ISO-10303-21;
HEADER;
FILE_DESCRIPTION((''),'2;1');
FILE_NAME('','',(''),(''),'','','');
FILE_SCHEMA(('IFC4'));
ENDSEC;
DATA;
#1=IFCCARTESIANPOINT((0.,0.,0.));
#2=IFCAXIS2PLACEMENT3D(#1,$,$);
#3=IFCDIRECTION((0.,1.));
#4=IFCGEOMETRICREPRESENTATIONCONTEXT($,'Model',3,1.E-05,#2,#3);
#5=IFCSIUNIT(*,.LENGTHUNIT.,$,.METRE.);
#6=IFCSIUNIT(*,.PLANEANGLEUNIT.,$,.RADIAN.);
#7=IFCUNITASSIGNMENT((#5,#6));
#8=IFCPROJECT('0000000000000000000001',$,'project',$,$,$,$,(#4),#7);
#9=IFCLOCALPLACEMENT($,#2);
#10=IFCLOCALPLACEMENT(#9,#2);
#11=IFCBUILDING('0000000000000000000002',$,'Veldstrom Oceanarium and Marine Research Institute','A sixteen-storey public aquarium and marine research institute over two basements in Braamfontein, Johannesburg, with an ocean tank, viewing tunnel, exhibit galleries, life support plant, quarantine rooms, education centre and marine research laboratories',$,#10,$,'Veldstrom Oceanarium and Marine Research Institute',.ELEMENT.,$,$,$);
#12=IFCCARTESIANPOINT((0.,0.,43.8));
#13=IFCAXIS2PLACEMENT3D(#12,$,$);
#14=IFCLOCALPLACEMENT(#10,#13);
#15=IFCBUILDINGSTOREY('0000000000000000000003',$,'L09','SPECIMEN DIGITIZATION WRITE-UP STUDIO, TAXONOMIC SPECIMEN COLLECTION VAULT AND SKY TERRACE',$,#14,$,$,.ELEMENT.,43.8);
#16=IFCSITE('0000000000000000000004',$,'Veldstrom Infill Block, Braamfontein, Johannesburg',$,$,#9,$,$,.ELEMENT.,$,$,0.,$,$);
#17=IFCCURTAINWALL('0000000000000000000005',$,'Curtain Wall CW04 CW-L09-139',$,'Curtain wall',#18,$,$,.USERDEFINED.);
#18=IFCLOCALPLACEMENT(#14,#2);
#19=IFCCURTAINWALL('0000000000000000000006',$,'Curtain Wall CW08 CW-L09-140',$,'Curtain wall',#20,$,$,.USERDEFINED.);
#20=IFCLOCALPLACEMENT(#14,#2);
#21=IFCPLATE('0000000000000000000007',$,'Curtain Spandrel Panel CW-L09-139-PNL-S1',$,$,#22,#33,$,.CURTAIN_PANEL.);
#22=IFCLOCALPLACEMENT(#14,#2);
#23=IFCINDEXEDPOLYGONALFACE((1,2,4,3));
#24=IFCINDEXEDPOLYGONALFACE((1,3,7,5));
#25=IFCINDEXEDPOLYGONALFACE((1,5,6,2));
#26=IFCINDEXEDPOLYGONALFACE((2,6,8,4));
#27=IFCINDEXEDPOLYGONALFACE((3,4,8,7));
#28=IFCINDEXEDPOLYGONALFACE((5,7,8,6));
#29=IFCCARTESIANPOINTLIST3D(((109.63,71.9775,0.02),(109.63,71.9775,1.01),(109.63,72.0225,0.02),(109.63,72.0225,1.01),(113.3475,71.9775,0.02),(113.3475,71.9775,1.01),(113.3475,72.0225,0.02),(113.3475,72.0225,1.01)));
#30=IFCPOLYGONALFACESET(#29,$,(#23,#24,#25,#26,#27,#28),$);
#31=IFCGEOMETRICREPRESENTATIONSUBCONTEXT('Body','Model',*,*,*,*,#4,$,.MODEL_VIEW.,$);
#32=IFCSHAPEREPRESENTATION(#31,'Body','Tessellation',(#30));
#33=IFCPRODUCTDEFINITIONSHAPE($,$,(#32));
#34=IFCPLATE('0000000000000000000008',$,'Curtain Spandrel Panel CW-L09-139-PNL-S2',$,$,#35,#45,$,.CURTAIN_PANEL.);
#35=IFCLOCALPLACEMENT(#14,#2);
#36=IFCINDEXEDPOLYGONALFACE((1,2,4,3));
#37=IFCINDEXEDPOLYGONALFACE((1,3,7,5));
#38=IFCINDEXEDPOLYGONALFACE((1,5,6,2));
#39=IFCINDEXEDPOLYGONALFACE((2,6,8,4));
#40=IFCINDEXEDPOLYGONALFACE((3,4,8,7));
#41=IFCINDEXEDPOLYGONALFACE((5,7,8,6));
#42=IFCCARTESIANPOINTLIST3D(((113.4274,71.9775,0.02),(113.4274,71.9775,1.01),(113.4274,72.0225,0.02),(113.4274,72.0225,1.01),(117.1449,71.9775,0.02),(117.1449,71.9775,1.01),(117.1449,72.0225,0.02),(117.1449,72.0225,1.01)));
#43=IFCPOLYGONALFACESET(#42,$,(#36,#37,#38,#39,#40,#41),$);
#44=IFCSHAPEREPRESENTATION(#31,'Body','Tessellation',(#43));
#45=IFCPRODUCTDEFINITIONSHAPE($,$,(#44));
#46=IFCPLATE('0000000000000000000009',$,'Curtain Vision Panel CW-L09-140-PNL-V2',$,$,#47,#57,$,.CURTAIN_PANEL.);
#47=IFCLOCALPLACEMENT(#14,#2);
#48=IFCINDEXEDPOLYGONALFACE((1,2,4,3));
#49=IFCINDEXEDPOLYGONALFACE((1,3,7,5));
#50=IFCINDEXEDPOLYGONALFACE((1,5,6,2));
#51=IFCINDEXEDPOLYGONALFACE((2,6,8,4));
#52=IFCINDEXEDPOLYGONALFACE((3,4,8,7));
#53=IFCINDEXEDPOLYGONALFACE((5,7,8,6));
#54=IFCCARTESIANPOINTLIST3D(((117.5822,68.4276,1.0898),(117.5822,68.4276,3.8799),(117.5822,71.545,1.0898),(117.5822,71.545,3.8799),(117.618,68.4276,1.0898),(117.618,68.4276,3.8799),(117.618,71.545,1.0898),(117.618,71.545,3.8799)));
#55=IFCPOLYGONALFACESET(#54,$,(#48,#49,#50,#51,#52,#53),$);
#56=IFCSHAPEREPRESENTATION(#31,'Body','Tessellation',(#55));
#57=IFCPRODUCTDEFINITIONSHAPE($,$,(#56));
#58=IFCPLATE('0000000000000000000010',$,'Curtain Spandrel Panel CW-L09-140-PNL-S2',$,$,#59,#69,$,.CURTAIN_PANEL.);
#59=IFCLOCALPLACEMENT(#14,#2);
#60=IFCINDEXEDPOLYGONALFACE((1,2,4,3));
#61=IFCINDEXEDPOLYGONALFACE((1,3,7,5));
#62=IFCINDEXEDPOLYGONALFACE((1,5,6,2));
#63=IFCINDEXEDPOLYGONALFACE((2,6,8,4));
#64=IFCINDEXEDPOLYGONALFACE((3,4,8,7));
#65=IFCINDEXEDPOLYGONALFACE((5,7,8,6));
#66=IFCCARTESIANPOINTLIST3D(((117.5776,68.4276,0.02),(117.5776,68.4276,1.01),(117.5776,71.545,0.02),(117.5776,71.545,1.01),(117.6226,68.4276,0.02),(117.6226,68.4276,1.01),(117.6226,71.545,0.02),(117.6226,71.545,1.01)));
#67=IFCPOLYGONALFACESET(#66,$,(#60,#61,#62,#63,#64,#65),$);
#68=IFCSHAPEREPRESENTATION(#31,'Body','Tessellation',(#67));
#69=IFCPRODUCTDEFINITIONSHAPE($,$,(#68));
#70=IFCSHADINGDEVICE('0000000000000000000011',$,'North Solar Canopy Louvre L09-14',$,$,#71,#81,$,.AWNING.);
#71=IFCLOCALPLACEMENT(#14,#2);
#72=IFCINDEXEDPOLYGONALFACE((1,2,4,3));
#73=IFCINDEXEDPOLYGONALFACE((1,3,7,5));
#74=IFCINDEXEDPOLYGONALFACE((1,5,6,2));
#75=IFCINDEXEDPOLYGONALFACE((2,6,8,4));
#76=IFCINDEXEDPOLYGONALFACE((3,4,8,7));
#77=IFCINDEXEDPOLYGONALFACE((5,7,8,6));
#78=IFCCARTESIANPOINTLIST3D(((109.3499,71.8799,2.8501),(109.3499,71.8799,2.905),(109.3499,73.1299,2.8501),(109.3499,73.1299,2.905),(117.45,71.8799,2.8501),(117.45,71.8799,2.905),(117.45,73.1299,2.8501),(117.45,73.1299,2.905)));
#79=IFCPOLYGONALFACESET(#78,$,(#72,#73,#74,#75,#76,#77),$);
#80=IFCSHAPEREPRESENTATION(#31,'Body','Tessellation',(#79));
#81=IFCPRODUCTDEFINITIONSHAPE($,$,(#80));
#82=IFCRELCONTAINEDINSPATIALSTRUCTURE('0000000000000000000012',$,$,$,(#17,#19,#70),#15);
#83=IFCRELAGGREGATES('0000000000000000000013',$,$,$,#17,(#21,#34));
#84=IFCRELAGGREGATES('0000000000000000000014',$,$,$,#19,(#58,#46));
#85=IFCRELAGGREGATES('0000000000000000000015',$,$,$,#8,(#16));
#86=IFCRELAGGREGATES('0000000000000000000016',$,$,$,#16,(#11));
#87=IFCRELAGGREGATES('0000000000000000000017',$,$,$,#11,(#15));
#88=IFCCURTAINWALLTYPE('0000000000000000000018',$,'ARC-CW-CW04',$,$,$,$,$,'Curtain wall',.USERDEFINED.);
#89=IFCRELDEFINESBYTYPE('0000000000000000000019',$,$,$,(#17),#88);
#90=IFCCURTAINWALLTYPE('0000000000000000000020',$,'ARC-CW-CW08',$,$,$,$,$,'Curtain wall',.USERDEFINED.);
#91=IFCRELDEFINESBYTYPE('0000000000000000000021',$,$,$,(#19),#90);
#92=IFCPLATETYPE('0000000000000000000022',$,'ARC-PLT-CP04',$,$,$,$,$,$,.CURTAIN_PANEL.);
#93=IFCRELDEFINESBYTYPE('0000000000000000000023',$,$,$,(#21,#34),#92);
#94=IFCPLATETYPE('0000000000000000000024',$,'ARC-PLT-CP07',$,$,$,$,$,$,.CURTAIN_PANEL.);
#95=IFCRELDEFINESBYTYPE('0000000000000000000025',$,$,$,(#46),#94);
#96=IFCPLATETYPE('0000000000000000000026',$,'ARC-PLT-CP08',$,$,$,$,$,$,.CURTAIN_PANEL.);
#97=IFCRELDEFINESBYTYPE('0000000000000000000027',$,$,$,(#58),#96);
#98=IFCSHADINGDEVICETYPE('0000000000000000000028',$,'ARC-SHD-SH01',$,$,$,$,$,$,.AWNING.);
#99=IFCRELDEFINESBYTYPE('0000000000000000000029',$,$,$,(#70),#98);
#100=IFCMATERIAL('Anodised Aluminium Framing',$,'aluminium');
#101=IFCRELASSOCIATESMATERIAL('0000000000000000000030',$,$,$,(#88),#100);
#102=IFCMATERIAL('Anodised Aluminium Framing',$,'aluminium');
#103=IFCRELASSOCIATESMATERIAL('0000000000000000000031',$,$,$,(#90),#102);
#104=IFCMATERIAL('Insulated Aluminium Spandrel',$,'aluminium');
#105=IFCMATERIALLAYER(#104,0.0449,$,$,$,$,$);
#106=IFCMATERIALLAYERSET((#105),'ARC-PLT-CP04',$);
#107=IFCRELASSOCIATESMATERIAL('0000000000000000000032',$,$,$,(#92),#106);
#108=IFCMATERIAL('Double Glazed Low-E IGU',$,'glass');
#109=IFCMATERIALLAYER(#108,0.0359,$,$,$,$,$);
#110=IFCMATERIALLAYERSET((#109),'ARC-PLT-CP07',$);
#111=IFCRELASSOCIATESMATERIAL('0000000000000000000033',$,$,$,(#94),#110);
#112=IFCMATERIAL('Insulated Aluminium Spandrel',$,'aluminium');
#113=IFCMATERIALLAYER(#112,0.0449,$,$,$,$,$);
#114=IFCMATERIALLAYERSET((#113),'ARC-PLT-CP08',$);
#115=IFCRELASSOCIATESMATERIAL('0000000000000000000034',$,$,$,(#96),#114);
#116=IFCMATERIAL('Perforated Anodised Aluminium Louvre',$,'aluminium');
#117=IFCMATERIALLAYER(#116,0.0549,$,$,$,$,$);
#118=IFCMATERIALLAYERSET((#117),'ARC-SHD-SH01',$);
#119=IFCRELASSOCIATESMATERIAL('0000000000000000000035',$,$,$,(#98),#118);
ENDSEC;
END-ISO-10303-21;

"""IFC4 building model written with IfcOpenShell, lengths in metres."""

from ifc_helpers import new_model, si_unit, direction, frame, origin, origin_2d, place, context, subcontext, project, spatial, rectangle, extrude, material, layer, layer_set, type_object, element, aggregate, save


model = new_model("IFC4")

# Units and contexts
model_context = context("Model", 3, precision=1e-05, world=origin(), true_north=direction((0.0, 1.0)))
body_context = subcontext(model_context, "Body", "Model", "MODEL_VIEW")
ifc_project = project(units=[si_unit("LENGTHUNIT", "METRE"), si_unit("PLANEANGLEUNIT", "RADIAN")], contexts=[model_context])

# Site, building, storey
site_placement = place(None, origin())
site = spatial("IfcSite", under=ifc_project, at=site_placement, Name="Veldstrom Infill Block, Braamfontein, Johannesburg", CompositionType="ELEMENT", RefElevation=0.0)
building_placement = place(site_placement, origin())
building = spatial("IfcBuilding", under=site, at=building_placement, Name="Veldstrom Oceanarium and Marine Research Institute", Description="A sixteen-storey public aquarium and marine research institute over two basements in Braamfontein, Johannesburg, with an ocean tank, viewing tunnel, exhibit galleries, life support plant, quarantine rooms, education centre and marine research laboratories", LongName="Veldstrom Oceanarium and Marine Research Institute", CompositionType="ELEMENT")
storey_placement = place(building_placement, frame((0.0, 0.0, 43.8)))
storey = spatial("IfcBuildingStorey", under=building, at=storey_placement, Name="L09", Description="SPECIMEN DIGITIZATION WRITE-UP STUDIO, TAXONOMIC SPECIMEN COLLECTION VAULT AND SKY TERRACE", CompositionType="ELEMENT", Elevation=43.8)

# Curtain walls
ifc_material_1 = material(Name="Anodised Aluminium Framing", Category="aluminium")
curtain_wall_type_1 = type_object("IfcCurtainWallType", Name="ARC-CW-CW04", ElementType="Curtain wall", PredefinedType="USERDEFINED", material=ifc_material_1)
curtain_wall_1_placement = place(storey_placement, origin())
curtain_wall_1 = element("IfcCurtainWall", 1, at=curtain_wall_1_placement, inside=storey, type_object=curtain_wall_type_1, Name="Curtain Wall CW04 CW-L09-139", ObjectType="Curtain wall", PredefinedType="USERDEFINED")
ifc_material_2 = material(Name="Anodised Aluminium Framing", Category="aluminium")
curtain_wall_type_2 = type_object("IfcCurtainWallType", Name="ARC-CW-CW08", ElementType="Curtain wall", PredefinedType="USERDEFINED", material=ifc_material_2)
curtain_wall_2_placement = place(storey_placement, origin())
curtain_wall_2 = element("IfcCurtainWall", 2, at=curtain_wall_2_placement, inside=storey, type_object=curtain_wall_type_2, Name="Curtain Wall CW08 CW-L09-140", ObjectType="Curtain wall", PredefinedType="USERDEFINED")

# Plates
ifc_material_3 = material(Name="Insulated Aluminium Spandrel", Category="aluminium")
ifc_layer_1 = layer(ifc_material_3, 0.0449)
ifc_layer_set_1 = layer_set([ifc_layer_1], Name="ARC-PLT-CP04")
plate_type_1 = type_object("IfcPlateType", Name="ARC-PLT-CP04", PredefinedType="CURTAIN_PANEL", material=ifc_layer_set_1)
plate_1_placement = place(storey_placement, frame((111.4888, 72.0, 0.02), z_axis=(0.0, 0.0, 1.0), x_axis=(1.0, 0.0, 0.0)))
plate_1 = element("IfcPlate", 3, at=plate_1_placement, type_object=plate_type_1, Name="Curtain Spandrel Panel CW-L09-139-PNL-S1", PredefinedType="CURTAIN_PANEL", context=body_context, shape_type="SweptSolid", body=[
    extrude(rectangle(XDim=3.7175, YDim=0.0449, at=origin_2d()), origin(), (0.0, 0.0, 1.0), 0.99),
])
plate_2_placement = place(storey_placement, frame((115.2861, 72.0, 0.02), z_axis=(0.0, 0.0, 1.0), x_axis=(1.0, 0.0, 0.0)))
plate_2 = element("IfcPlate", 4, at=plate_2_placement, type_object=plate_type_1, Name="Curtain Spandrel Panel CW-L09-139-PNL-S2", PredefinedType="CURTAIN_PANEL", context=body_context, shape_type="SweptSolid", body=[
    extrude(rectangle(XDim=3.7175, YDim=0.0449, at=origin_2d()), origin(), (0.0, 0.0, 1.0), 0.99),
])
aggregate(curtain_wall_1, [plate_1, plate_2])
ifc_material_4 = material(Name="Double Glazed Low-E IGU", Category="glass")
ifc_layer_2 = layer(ifc_material_4, 0.0359)
ifc_layer_set_2 = layer_set([ifc_layer_2], Name="ARC-PLT-CP07")
plate_type_2 = type_object("IfcPlateType", Name="ARC-PLT-CP07", PredefinedType="CURTAIN_PANEL", material=ifc_layer_set_2)
plate_3_placement = place(storey_placement, frame((117.6001, 69.9863, 1.0898), z_axis=(0.0, 0.0, 1.0), x_axis=(0.0, 1.0, 0.0)))
plate_3 = element("IfcPlate", 5, at=plate_3_placement, type_object=plate_type_2, Name="Curtain Vision Panel CW-L09-140-PNL-V2", PredefinedType="CURTAIN_PANEL", context=body_context, shape_type="SweptSolid", body=[
    extrude(rectangle(XDim=3.1174, YDim=0.0359, at=origin_2d()), origin(), (0.0, 0.0, 1.0), 2.79),
])
ifc_material_5 = material(Name="Insulated Aluminium Spandrel", Category="aluminium")
ifc_layer_3 = layer(ifc_material_5, 0.0449)
ifc_layer_set_3 = layer_set([ifc_layer_3], Name="ARC-PLT-CP08")
plate_type_3 = type_object("IfcPlateType", Name="ARC-PLT-CP08", PredefinedType="CURTAIN_PANEL", material=ifc_layer_set_3)
plate_4_placement = place(storey_placement, frame((117.6001, 69.9863, 0.02), z_axis=(0.0, 0.0, 1.0), x_axis=(0.0, 1.0, 0.0)))
plate_4 = element("IfcPlate", 6, at=plate_4_placement, type_object=plate_type_3, Name="Curtain Spandrel Panel CW-L09-140-PNL-S2", PredefinedType="CURTAIN_PANEL", context=body_context, shape_type="SweptSolid", body=[
    extrude(rectangle(XDim=3.1174, YDim=0.0449, at=origin_2d()), origin(), (0.0, 0.0, 1.0), 0.99),
])
aggregate(curtain_wall_2, [plate_4, plate_3])

# Shading device
ifc_material_6 = material(Name="Perforated Anodised Aluminium Louvre", Category="aluminium")
ifc_layer_4 = layer(ifc_material_6, 0.0549)
ifc_layer_set_4 = layer_set([ifc_layer_4], Name="ARC-SHD-SH01")
shading_device_type = type_object("IfcShadingDeviceType", Name="ARC-SHD-SH01", PredefinedType="AWNING", material=ifc_layer_set_4)
shading_device_placement = place(storey_placement, frame((113.3999, 72.5049, 2.8501), z_axis=(0.0, 0.0, 1.0), x_axis=(1.0, 0.0, 0.0)))
element("IfcShadingDevice", 7, at=shading_device_placement, inside=storey, type_object=shading_device_type, Name="North Solar Canopy Louvre L09-14", PredefinedType="AWNING", context=body_context, shape_type="SweptSolid", body=[
    extrude(rectangle(XDim=8.1001, YDim=1.25, at=origin_2d()), origin(), (0.0, 0.0, 1.0), 0.0549),
])

save(model, "model.ifc")
